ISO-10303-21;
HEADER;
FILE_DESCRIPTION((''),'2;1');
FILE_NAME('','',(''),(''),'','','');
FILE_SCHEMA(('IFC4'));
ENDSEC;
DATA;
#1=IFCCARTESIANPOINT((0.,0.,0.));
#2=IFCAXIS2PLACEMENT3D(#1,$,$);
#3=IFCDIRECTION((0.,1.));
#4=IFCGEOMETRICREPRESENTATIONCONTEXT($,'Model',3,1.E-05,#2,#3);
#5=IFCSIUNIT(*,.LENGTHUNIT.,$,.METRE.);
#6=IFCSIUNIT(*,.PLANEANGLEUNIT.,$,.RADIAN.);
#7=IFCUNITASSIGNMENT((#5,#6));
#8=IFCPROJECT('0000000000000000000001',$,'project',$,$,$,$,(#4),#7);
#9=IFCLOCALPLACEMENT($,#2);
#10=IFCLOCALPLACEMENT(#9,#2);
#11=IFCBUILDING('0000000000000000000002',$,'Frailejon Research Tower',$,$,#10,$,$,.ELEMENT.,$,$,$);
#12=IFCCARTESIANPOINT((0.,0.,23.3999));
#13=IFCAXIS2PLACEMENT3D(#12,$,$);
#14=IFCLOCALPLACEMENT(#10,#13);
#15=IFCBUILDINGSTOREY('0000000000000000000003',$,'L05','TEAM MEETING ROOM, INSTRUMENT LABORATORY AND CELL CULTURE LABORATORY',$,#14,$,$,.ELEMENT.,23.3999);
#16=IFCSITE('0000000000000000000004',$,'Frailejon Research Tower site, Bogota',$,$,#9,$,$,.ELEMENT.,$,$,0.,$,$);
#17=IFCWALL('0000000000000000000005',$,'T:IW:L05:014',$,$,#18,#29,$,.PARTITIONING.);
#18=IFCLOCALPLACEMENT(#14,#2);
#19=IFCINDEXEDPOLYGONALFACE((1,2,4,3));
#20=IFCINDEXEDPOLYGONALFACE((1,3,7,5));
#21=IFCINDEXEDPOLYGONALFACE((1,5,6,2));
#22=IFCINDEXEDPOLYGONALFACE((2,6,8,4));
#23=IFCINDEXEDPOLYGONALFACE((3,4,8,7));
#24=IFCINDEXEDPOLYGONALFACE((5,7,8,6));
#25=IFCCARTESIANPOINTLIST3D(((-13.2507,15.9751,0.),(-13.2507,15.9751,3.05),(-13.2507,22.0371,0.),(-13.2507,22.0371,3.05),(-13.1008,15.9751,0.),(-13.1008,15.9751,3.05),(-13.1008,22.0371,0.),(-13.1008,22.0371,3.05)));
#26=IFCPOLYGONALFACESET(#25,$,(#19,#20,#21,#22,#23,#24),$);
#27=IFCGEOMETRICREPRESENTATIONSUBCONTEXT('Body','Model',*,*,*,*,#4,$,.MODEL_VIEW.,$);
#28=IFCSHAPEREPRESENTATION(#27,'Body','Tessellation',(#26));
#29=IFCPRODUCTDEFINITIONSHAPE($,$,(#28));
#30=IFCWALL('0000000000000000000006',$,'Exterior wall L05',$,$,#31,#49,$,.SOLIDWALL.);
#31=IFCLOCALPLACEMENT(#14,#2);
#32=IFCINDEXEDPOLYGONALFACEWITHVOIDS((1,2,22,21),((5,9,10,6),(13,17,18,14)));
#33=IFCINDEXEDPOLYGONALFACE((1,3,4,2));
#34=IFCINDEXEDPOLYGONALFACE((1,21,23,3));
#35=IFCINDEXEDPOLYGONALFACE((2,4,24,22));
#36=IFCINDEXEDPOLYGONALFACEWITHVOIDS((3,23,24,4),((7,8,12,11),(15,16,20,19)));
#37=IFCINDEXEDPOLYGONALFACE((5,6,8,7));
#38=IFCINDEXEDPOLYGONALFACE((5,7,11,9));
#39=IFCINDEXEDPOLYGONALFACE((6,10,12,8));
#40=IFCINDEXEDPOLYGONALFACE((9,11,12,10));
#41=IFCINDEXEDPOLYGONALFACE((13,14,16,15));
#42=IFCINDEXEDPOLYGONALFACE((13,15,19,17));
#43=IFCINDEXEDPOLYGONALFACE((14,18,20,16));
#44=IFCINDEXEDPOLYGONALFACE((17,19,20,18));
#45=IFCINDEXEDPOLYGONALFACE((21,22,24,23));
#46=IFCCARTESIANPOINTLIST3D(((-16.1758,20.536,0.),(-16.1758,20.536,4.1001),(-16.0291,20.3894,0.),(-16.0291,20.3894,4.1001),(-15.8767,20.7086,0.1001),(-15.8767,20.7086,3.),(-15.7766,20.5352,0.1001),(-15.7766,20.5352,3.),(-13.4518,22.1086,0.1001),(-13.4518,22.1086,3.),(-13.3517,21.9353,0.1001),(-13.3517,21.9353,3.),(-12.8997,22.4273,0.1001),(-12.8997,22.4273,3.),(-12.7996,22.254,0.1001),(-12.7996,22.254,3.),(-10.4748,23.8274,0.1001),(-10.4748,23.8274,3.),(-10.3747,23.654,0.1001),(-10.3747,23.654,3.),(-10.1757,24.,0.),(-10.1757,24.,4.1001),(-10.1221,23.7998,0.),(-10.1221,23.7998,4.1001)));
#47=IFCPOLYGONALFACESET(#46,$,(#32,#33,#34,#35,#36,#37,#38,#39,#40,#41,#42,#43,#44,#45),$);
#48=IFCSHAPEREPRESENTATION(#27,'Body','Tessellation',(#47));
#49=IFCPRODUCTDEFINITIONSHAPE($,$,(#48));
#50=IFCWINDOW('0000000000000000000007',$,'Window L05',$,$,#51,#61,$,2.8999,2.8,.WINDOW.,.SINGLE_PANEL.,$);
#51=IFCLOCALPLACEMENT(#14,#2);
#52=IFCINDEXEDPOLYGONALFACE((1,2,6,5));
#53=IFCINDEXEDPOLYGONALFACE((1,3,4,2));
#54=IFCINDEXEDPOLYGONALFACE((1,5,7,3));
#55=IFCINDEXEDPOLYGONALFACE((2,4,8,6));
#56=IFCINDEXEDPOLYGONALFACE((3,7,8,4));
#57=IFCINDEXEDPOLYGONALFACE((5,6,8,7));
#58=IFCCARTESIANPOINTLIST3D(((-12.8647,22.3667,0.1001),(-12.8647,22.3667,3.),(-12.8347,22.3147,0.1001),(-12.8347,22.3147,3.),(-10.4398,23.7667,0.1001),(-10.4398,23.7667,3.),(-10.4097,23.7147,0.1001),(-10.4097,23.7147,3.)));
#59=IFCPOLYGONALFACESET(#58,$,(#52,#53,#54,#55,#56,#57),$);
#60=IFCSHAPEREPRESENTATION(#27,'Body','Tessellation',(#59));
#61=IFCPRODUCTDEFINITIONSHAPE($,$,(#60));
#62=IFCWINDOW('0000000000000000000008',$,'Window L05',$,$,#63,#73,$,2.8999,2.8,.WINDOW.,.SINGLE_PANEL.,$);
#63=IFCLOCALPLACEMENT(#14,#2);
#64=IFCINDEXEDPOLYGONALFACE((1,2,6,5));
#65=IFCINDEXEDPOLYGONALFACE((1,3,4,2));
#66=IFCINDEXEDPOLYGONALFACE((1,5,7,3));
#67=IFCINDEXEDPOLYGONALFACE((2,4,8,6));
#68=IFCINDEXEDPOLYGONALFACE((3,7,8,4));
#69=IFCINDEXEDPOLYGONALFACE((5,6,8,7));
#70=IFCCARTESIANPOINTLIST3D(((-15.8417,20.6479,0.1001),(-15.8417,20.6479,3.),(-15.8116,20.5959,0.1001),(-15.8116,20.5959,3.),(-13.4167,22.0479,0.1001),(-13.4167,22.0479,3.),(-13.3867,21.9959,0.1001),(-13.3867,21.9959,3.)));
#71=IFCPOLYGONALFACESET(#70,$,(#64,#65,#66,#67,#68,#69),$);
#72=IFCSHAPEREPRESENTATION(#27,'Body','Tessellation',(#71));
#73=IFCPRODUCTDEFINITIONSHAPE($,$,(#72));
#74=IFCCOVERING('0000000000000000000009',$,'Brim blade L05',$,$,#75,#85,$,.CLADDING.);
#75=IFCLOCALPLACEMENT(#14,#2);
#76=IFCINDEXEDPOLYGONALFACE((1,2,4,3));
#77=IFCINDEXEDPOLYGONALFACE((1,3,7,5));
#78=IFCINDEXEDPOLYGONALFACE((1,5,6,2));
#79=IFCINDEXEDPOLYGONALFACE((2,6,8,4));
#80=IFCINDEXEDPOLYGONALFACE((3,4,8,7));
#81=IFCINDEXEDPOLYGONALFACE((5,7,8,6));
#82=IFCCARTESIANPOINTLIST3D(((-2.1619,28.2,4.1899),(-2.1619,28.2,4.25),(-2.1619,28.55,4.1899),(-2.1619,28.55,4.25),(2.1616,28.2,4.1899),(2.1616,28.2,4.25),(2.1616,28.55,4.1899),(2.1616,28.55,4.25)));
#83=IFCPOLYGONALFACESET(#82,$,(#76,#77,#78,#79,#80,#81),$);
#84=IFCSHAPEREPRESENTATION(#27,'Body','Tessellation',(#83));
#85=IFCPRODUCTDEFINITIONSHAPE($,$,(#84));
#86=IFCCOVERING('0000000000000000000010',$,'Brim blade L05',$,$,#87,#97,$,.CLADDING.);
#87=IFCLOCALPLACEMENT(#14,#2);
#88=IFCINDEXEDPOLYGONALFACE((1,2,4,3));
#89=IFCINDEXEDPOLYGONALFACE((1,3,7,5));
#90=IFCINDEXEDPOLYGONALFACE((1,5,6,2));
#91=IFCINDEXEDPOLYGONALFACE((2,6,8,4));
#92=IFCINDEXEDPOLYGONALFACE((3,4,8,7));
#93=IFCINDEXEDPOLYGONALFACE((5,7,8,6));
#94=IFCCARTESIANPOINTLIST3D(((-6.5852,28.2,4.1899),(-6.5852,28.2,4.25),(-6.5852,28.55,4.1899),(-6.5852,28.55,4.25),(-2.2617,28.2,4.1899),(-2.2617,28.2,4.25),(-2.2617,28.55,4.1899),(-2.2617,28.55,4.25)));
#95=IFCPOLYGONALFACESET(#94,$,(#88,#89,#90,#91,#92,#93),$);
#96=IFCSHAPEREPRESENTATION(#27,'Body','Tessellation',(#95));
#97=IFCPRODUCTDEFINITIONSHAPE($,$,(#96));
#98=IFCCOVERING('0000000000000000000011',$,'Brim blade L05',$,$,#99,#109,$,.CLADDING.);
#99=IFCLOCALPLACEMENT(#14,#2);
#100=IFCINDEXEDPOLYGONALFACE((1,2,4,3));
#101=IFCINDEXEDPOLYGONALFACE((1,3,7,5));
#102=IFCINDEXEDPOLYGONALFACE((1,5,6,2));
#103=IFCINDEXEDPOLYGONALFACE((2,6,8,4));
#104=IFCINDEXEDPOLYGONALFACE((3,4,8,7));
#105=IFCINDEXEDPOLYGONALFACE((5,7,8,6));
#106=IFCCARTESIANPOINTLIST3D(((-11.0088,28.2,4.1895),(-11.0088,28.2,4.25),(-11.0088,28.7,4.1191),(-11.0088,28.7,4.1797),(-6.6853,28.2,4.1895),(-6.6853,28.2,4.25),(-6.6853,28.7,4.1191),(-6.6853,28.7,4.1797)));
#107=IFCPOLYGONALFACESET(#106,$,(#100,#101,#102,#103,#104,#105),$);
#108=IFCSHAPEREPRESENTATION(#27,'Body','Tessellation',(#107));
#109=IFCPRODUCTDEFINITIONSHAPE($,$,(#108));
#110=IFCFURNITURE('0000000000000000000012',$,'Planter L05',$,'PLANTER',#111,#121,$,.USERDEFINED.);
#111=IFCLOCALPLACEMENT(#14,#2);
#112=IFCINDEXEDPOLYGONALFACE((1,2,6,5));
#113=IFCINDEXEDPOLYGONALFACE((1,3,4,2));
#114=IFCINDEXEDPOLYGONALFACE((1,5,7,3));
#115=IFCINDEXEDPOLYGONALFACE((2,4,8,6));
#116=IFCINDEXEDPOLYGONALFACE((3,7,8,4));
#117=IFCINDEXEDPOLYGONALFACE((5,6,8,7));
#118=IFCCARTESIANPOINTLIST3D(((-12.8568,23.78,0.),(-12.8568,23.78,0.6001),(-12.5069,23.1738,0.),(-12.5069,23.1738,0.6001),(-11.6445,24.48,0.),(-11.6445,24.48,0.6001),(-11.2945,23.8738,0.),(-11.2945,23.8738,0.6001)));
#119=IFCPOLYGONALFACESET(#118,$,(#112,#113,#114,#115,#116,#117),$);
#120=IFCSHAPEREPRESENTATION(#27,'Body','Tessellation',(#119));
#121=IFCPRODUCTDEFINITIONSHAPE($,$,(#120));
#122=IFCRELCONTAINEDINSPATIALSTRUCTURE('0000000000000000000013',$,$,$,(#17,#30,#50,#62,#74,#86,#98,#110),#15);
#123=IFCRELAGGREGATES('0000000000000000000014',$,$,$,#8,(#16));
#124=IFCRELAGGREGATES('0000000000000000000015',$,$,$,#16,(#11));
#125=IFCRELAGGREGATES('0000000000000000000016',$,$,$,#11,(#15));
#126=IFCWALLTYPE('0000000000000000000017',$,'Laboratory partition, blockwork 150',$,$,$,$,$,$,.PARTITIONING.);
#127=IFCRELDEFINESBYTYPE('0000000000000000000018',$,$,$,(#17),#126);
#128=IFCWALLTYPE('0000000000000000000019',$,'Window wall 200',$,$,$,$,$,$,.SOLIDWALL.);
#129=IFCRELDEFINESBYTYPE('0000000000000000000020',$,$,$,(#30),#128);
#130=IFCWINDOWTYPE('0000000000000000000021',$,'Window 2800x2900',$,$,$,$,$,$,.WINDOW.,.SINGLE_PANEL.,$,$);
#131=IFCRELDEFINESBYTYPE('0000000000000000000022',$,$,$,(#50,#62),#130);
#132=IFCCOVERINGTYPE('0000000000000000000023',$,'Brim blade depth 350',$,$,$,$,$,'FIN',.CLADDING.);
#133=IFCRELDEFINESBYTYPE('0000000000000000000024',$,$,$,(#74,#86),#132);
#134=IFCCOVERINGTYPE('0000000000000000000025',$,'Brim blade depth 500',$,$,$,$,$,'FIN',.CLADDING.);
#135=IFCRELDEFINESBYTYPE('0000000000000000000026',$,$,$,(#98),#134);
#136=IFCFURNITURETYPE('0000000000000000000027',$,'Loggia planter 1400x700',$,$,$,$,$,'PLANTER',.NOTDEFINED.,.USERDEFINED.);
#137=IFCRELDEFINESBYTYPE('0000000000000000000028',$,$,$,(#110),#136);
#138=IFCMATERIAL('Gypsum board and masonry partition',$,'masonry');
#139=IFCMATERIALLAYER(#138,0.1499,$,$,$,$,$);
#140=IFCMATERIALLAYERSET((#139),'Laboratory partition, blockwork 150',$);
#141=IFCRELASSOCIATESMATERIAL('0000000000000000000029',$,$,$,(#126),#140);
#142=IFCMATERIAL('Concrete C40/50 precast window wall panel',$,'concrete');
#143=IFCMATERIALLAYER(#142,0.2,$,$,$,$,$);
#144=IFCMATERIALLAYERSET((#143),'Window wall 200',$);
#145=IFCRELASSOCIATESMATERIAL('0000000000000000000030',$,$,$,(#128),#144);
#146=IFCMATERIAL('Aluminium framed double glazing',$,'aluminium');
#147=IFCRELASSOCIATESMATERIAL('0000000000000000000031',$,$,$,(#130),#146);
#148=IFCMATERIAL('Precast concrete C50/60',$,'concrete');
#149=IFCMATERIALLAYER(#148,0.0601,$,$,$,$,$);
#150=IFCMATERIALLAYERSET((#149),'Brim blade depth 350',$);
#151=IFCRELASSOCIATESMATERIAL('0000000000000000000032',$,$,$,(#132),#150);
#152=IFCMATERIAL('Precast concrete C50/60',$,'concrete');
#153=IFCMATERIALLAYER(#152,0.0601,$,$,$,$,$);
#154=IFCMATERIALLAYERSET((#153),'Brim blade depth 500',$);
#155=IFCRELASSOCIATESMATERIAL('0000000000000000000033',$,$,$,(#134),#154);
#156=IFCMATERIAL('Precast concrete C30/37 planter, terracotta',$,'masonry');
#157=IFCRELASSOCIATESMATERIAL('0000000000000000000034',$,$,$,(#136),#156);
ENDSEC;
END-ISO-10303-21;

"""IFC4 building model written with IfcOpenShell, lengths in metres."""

from ifc_helpers import new_model, si_unit, direction, frame, frame_2d, origin, origin_2d, place, context, subcontext, project, spatial, polyline, rectangle, outline, extrude, material, layer, layer_set, type_object, element, fill, save


model = new_model("IFC4")

# Units and contexts
model_context = context("Model", 3, precision=1e-05, world=origin(), true_north=direction((0.0, 1.0)))
body_context = subcontext(model_context, "Body", "Model", "MODEL_VIEW")
ifc_project = project(units=[si_unit("LENGTHUNIT", "METRE"), si_unit("PLANEANGLEUNIT", "RADIAN")], contexts=[model_context])

# Site, building, storey
site_placement = place(None, origin())
site = spatial("IfcSite", under=ifc_project, at=site_placement, Name="Frailejon Research Tower site, Bogota", CompositionType="ELEMENT", RefElevation=0.0)
building_placement = place(site_placement, origin())
building = spatial("IfcBuilding", under=site, at=building_placement, Name="Frailejon Research Tower", CompositionType="ELEMENT")
storey_placement = place(building_placement, frame((0.0, 0.0, 23.3999)))
storey = spatial("IfcBuildingStorey", under=building, at=storey_placement, Name="L05", Description="TEAM MEETING ROOM, INSTRUMENT LABORATORY AND CELL CULTURE LABORATORY", CompositionType="ELEMENT", Elevation=23.3999)

# Shared definitions
ifc_material_1 = material(Name="Gypsum board and masonry partition", Category="masonry")
ifc_layer_1 = layer(ifc_material_1, 0.1499)
ifc_layer_set_1 = layer_set([ifc_layer_1], Name="Laboratory partition, blockwork 150")
wall_type_1 = type_object("IfcWallType", Name="Laboratory partition, blockwork 150", PredefinedType="PARTITIONING", material=ifc_layer_set_1)

# Wall
wall_1_placement = place(storey_placement, frame((-13.1758, 15.9751, 0.0), z_axis=(0.0, 0.0, 1.0), x_axis=(0.0, 1.0, 0.0)))
element("IfcWall", 1, at=wall_1_placement, inside=storey, type_object=wall_type_1, Name="T:IW:L05:014", PredefinedType="PARTITIONING", context=body_context, shape_type="SweptSolid", body=[
    extrude(rectangle(XDim=6.062, YDim=0.1499, at=frame_2d((3.031, 0.0))), origin(), (0.0, 0.0, 1.0), 3.05),
])

# Wall, openings, windows
ifc_material_2 = material(Name="Concrete C40/50 precast window wall panel", Category="concrete")
ifc_layer_2 = layer(ifc_material_2, 0.2)
ifc_layer_set_2 = layer_set([ifc_layer_2], Name="Window wall 200")
wall_type_2 = type_object("IfcWallType", Name="Window wall 200", PredefinedType="SOLIDWALL", material=ifc_layer_set_2)
wall_2_placement = place(storey_placement, frame((-10.1489, 23.8999, 0.0), z_axis=(0.0, 0.0, 1.0), x_axis=(-0.866029, -0.499993, 0.0)))
wall_2 = element("IfcWall", 2, at=wall_2_placement, inside=storey, type_object=wall_type_2, Name="Exterior wall L05", PredefinedType="SOLIDWALL", context=body_context, shape_type="SweptSolid", body=[
    extrude(outline(polyline([(-0.0269, -0.1001), (1.1279, -0.1001), (2.2825, -0.1001), (3.4373, -0.1001), (4.592, -0.1001), (5.7466, -0.1001), (6.9014, -0.1001), (6.8477, 0.1001), (5.7109, 0.1001), (4.574, 0.1001), (3.4373, 0.1001), (2.3005, 0.1001), (1.1636, 0.1001), (0.0269, 0.1001), (-0.0269, -0.1001)])), origin(), (0.0, 0.0, 1.0), 4.1001),
])
opening_1_placement = place(wall_2_placement, frame((0.3186, 0.0, 0.1001)))
opening_1 = element("IfcOpeningElement", 3, at=opening_1_placement, cuts=wall_2, PredefinedType="OPENING", context=body_context, shape_type="SweptSolid", body=[
    extrude(rectangle(XDim=2.8, YDim=2.8999, at=frame_2d((1.3999, 1.45))), frame((0.0, 0.1099, 0.0), z_axis=(0.0, -1.0, 0.0), x_axis=(1.0, 0.0, 0.0)), (0.0, 0.0, 1.0), 0.22),
])
opening_2_placement = place(wall_2_placement, frame((3.7561, 0.0, 0.1001)))
opening_2 = element("IfcOpeningElement", 4, at=opening_2_placement, cuts=wall_2, PredefinedType="OPENING", context=body_context, shape_type="SweptSolid", body=[
    extrude(rectangle(XDim=2.8, YDim=2.8999, at=frame_2d((1.3999, 1.45))), frame((0.0, 0.1099, 0.0), z_axis=(0.0, -1.0, 0.0), x_axis=(1.0, 0.0, 0.0)), (0.0, 0.0, 1.0), 0.22),
])
ifc_material_3 = material(Name="Aluminium framed double glazing", Category="aluminium")
window_type = type_object("IfcWindowType", Name="Window 2800x2900", PartitioningType="SINGLE_PANEL", PredefinedType="WINDOW", material=ifc_material_3)
window_1_placement = place(opening_1_placement, origin())
window_1 = element("IfcWindow", 5, at=window_1_placement, inside=storey, type_object=window_type, Name="Window L05", OverallHeight=2.8999, OverallWidth=2.8, PartitioningType="SINGLE_PANEL", PredefinedType="WINDOW", context=body_context, shape_type="SweptSolid", body=[
    extrude(rectangle(XDim=2.8, YDim=2.8999, at=frame_2d((1.3999, 1.45))), frame((0.0, 0.03, 0.0), z_axis=(0.0, -1.0, 0.0), x_axis=(1.0, 0.0, 0.0)), (0.0, 0.0, 1.0), 0.0601),
])
fill(opening_1, window_1)
window_2_placement = place(opening_2_placement, origin())
window_2 = element("IfcWindow", 6, at=window_2_placement, inside=storey, type_object=window_type, Name="Window L05", OverallHeight=2.8999, OverallWidth=2.8, PartitioningType="SINGLE_PANEL", PredefinedType="WINDOW", context=body_context, shape_type="SweptSolid", body=[
    extrude(rectangle(XDim=2.8, YDim=2.8999, at=frame_2d((1.3999, 1.45))), frame((0.0, 0.03, 0.0), z_axis=(0.0, -1.0, 0.0), x_axis=(1.0, 0.0, 0.0)), (0.0, 0.0, 1.0), 0.0601),
])
fill(opening_2, window_2)

# Coverings
ifc_material_4 = material(Name="Precast concrete C50/60", Category="concrete")
ifc_layer_3 = layer(ifc_material_4, 0.0601)
ifc_layer_set_3 = layer_set([ifc_layer_3], Name="Brim blade depth 350")
covering_type_1 = type_object("IfcCoveringType", Name="Brim blade depth 350", ElementType="FIN", PredefinedType="CLADDING", material=ifc_layer_set_3)
for number, where, z_axis, x_axis, name in (
    (7, (-2.1619, 28.2, 4.25), (1.0, 0.0, 0.0), (0.0, 1.0, 0.0), "Brim blade L05"),
    (8, (-6.5852, 28.2, 4.25), (1.0, 0.0, 0.0), (0.0, 1.0, 0.0), "Brim blade L05"),
):
    element("IfcCovering", number, at=place(storey_placement, frame(where, z_axis=z_axis, x_axis=x_axis)), inside=storey, type_object=covering_type_1, Name=name, PredefinedType="CLADDING", context=body_context, shape_type="SweptSolid", body=[
        extrude(outline(polyline([(0.0, -0.0601), (0.3501, -0.0601), (0.3501, 0.0), (0.0, 0.0), (0.0, -0.0601)])), origin(), (0.0, 0.0, 1.0), 4.3235),
    ])
ifc_material_5 = material(Name="Precast concrete C50/60", Category="concrete")
ifc_layer_4 = layer(ifc_material_5, 0.0601)
ifc_layer_set_4 = layer_set([ifc_layer_4], Name="Brim blade depth 500")
covering_type_2 = type_object("IfcCoveringType", Name="Brim blade depth 500", ElementType="FIN", PredefinedType="CLADDING", material=ifc_layer_set_4)
covering_placement = place(storey_placement, frame((-11.0088, 28.2, 4.25), z_axis=(1.0, 0.0, 0.0), x_axis=(0.0, 1.0, 0.0)))
element("IfcCovering", 9, at=covering_placement, inside=storey, type_object=covering_type_2, Name="Brim blade L05", PredefinedType="CLADDING", context=body_context, shape_type="SweptSolid", body=[
    extrude(outline(polyline([(0.0, -0.0605), (0.5, -0.1309), (0.5, -0.0703), (0.0, 0.0), (0.0, -0.0605)])), origin(), (0.0, 0.0, 1.0), 4.3235),
])

# Furniture
ifc_material_6 = material(Name="Precast concrete C30/37 planter, terracotta", Category="masonry")
furniture_type = type_object("IfcFurnitureType", Name="Loggia planter 1400x700", ElementType="PLANTER", AssemblyPlace="NOTDEFINED", PredefinedType="USERDEFINED", material=ifc_material_6)
furniture_placement = place(storey_placement, frame((-12.0757, 23.8269, 0.0), z_axis=(0.0, 0.0, 1.0), x_axis=(-0.866025, -0.5, 0.0)))
element("IfcFurniture", 10, at=furniture_placement, inside=storey, type_object=furniture_type, Name="Planter L05", ObjectType="PLANTER", PredefinedType="USERDEFINED", context=body_context, shape_type="SweptSolid", body=[
    extrude(rectangle(XDim=1.3999, YDim=0.7, at=origin_2d()), origin(), (0.0, 0.0, 1.0), 0.6001),
])

save(model, "model.ifc")
